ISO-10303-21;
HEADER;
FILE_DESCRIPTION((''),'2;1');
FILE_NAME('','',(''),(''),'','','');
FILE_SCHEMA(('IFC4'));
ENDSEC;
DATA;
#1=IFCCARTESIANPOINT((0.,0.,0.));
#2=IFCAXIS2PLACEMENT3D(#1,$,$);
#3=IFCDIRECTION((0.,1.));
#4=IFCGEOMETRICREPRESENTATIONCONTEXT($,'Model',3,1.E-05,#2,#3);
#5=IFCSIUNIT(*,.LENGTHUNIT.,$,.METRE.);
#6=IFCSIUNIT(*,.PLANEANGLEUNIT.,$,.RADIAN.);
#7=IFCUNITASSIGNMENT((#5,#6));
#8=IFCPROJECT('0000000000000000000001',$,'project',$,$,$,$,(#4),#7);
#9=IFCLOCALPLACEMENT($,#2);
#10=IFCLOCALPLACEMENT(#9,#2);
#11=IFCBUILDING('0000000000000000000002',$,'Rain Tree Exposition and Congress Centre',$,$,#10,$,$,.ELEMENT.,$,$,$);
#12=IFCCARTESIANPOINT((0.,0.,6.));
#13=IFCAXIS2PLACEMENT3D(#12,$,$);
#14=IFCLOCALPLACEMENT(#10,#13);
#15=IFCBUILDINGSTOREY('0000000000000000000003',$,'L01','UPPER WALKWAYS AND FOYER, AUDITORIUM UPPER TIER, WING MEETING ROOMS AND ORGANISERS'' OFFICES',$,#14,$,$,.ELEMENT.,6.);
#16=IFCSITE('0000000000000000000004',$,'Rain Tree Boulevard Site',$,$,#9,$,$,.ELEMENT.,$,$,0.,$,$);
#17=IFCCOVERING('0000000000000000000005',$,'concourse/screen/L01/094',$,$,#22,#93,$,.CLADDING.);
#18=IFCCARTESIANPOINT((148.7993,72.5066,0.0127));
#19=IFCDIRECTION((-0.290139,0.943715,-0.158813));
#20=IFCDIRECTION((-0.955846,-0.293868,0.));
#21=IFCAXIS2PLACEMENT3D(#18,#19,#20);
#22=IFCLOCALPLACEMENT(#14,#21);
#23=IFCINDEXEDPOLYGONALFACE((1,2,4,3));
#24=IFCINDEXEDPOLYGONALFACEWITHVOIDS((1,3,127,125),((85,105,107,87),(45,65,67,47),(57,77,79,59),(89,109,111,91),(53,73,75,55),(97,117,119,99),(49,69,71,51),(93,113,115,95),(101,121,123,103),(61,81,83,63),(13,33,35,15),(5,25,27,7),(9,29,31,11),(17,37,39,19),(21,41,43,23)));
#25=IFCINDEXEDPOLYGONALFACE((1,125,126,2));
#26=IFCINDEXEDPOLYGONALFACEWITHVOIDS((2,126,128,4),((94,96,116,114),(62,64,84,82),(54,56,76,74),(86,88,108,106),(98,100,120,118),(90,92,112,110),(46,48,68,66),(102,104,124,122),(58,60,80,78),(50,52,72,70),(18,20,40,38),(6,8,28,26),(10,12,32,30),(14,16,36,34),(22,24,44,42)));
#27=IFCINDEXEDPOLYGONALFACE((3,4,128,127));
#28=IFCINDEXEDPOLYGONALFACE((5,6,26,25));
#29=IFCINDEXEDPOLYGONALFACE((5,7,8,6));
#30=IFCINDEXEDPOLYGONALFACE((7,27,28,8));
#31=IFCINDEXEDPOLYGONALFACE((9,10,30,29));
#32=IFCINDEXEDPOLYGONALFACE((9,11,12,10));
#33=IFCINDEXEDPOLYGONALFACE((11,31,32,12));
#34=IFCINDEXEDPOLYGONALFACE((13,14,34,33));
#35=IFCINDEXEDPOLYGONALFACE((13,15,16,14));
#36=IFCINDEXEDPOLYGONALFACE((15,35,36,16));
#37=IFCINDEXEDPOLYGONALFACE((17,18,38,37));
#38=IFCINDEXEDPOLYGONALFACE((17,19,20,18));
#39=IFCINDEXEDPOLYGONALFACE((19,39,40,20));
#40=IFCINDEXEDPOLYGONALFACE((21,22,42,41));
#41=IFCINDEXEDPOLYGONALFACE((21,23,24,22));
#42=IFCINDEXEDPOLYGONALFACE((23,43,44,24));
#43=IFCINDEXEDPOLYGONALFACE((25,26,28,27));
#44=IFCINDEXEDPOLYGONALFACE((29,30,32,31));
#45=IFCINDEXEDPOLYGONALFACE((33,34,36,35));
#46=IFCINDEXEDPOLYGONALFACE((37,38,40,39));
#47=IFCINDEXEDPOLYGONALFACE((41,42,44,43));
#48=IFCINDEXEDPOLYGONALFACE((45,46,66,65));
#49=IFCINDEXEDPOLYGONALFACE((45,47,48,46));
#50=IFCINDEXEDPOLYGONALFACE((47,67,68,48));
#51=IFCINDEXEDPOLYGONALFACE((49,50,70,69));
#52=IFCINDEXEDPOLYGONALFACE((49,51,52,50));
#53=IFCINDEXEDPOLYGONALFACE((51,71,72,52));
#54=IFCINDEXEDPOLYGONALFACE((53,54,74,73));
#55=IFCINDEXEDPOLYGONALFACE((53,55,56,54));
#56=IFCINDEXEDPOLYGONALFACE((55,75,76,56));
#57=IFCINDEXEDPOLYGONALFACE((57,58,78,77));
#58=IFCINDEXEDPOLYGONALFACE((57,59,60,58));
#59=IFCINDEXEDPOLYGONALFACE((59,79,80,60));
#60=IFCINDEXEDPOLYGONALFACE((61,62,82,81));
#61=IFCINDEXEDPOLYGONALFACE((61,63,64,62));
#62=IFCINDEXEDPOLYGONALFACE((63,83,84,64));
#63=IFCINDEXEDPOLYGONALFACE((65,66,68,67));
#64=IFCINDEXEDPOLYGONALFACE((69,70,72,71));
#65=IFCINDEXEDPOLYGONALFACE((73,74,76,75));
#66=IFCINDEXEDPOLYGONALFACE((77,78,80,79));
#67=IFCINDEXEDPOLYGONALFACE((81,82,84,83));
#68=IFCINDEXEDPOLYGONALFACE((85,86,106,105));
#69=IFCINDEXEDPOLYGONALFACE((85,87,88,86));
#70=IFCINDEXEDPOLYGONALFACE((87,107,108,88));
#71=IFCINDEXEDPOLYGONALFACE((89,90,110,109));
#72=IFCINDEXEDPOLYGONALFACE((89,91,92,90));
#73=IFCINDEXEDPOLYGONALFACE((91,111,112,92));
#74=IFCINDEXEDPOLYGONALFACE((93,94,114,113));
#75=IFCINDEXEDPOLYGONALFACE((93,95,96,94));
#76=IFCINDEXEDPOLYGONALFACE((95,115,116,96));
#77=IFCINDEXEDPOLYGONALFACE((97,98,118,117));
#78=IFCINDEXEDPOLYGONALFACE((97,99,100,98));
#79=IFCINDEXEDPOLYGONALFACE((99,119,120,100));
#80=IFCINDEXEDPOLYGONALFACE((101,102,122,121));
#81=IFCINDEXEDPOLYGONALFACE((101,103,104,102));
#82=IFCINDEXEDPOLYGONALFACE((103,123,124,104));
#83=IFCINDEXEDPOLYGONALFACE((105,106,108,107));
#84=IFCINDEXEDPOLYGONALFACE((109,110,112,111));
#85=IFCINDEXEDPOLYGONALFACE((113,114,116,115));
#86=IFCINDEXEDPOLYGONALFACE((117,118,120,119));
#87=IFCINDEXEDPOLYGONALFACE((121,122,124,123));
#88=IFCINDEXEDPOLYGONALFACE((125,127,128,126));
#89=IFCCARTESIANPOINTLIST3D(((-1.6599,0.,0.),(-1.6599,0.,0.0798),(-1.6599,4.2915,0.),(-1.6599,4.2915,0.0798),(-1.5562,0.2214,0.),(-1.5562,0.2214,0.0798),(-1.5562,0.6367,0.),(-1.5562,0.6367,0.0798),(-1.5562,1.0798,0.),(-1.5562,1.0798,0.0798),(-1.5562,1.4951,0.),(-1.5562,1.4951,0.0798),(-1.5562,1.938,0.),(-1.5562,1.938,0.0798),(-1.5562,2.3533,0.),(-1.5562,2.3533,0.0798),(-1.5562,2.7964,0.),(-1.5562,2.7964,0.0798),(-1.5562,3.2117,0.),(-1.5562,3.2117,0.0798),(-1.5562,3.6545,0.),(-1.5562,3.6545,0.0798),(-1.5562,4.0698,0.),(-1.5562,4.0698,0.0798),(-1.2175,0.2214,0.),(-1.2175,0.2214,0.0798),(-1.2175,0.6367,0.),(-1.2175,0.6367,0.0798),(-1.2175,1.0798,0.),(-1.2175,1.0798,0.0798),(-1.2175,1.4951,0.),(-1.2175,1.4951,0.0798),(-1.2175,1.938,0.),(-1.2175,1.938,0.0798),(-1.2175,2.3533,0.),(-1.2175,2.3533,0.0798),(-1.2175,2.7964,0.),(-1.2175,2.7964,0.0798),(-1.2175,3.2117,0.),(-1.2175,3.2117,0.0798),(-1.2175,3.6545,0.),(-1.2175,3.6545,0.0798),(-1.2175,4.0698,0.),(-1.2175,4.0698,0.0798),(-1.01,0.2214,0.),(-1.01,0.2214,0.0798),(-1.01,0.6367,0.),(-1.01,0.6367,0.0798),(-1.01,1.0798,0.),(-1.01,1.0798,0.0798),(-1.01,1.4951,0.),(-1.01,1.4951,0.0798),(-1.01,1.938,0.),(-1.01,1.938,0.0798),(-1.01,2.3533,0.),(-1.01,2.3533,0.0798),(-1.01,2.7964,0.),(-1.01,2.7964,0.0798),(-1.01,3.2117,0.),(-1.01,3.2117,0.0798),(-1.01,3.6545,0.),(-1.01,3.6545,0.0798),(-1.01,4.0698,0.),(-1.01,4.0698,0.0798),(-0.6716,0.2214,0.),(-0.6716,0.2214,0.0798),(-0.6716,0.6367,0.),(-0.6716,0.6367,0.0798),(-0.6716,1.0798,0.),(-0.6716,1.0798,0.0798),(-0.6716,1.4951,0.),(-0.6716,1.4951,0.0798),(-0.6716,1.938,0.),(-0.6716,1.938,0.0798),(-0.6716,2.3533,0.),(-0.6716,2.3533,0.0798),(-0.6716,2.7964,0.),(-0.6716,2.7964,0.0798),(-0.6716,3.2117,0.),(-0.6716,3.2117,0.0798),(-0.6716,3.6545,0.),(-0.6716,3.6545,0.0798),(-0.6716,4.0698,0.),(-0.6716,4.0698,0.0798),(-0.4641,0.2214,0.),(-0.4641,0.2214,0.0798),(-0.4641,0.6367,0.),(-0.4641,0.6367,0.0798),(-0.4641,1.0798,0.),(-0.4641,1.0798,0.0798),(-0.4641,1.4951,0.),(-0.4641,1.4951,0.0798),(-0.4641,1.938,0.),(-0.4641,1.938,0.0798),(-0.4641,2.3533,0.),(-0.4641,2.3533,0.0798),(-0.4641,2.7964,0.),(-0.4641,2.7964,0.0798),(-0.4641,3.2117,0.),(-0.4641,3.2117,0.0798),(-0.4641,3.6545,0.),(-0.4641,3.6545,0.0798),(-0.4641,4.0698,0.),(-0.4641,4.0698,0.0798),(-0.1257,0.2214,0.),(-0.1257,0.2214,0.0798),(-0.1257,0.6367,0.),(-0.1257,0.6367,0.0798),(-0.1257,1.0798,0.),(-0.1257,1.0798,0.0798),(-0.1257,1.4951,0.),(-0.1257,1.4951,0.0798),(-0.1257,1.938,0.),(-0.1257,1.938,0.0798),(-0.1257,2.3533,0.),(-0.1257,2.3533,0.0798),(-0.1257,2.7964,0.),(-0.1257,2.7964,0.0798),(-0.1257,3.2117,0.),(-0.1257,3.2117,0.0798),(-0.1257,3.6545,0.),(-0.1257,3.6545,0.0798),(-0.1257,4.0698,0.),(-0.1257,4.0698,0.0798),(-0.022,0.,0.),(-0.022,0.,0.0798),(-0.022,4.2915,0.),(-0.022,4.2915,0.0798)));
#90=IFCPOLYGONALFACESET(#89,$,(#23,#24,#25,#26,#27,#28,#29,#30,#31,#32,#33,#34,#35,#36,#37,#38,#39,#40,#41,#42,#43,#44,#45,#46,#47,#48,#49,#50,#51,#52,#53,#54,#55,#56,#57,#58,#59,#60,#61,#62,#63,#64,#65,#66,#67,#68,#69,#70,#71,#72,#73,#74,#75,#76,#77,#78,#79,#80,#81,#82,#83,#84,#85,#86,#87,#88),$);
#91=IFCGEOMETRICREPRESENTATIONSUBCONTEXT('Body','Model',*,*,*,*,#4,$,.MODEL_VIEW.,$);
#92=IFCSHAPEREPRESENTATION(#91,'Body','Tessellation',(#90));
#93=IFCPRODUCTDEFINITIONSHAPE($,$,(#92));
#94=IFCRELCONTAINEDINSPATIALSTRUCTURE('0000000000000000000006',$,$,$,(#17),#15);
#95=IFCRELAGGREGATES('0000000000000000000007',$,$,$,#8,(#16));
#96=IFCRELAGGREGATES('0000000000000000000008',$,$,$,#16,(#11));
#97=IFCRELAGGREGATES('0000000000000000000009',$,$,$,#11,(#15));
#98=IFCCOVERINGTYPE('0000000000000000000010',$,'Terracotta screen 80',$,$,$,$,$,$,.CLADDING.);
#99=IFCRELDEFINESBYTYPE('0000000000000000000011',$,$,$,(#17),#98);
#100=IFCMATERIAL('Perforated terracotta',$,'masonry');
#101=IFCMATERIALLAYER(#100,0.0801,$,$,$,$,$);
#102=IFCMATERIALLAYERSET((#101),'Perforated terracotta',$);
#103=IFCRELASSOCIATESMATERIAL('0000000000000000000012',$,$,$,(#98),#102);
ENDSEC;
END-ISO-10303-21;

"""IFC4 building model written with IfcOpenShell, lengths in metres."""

from ifc_helpers import new_model, si_unit, direction, frame, origin, place, context, subcontext, project, spatial, polyline, outline, extrude, material, layer, layer_set, type_object, element, save


model = new_model("IFC4")

# Units and contexts
model_context = context("Model", 3, precision=1e-05, world=origin(), true_north=direction((0.0, 1.0)))
body_context = subcontext(model_context, "Body", "Model", "MODEL_VIEW")
ifc_project = project(units=[si_unit("LENGTHUNIT", "METRE"), si_unit("PLANEANGLEUNIT", "RADIAN")], contexts=[model_context])

# Site, building, storey
site_placement = place(None, origin())
site = spatial("IfcSite", under=ifc_project, at=site_placement, Name="Rain Tree Boulevard Site", CompositionType="ELEMENT", RefElevation=0.0)
building_placement = place(site_placement, origin())
building = spatial("IfcBuilding", under=site, at=building_placement, Name="Rain Tree Exposition and Congress Centre", CompositionType="ELEMENT")
storey_placement = place(building_placement, frame((0.0, 0.0, 6.0)))
storey = spatial("IfcBuildingStorey", under=building, at=storey_placement, Name="L01", Description="UPPER WALKWAYS AND FOYER, AUDITORIUM UPPER TIER, WING MEETING ROOMS AND ORGANISERS' OFFICES", CompositionType="ELEMENT", Elevation=6.0)

# Covering
ifc_material_1 = material(Name="Perforated terracotta", Category="masonry")
ifc_layer_1 = layer(ifc_material_1, 0.0801)
ifc_layer_set_1 = layer_set([ifc_layer_1], Name="Perforated terracotta")
covering_type = type_object("IfcCoveringType", Name="Terracotta screen 80", PredefinedType="CLADDING", material=ifc_layer_set_1)
covering_1_placement = place(storey_placement, frame((148.7993, 72.5066, 0.0127), z_axis=(-0.290139, 0.943715, -0.158813), x_axis=(-0.955846, -0.293868, 0.0)))
element("IfcCovering", 1, at=covering_1_placement, inside=storey, type_object=covering_type, Name="concourse/screen/L01/094", PredefinedType="CLADDING", context=body_context, shape_type="SweptSolid", body=[
    extrude(outline(polyline([(-1.6599, 0.0), (-1.6599, 4.2915), (-0.022, 4.2915), (-0.022, 0.0), (-1.6599, 0.0)]), holes=[polyline([(-0.1257, 0.2214), (-0.1257, 0.6367), (-0.4641, 0.6367), (-0.4641, 0.2214), (-0.1257, 0.2214)]), polyline([(-0.1257, 1.0798), (-0.1257, 1.4951), (-0.4641, 1.4951), (-0.4641, 1.0798), (-0.1257, 1.0798)]), polyline([(-0.1257, 1.938), (-0.1257, 2.3533), (-0.4641, 2.3533), (-0.4641, 1.938), (-0.1257, 1.938)]), polyline([(-0.1257, 2.7964), (-0.1257, 3.2117), (-0.4641, 3.2117), (-0.4641, 2.7964), (-0.1257, 2.7964)]), polyline([(-0.1257, 3.6545), (-0.1257, 4.0698), (-0.4641, 4.0698), (-0.4641, 3.6545), (-0.1257, 3.6545)]), polyline([(-0.6716, 0.2214), (-0.6716, 0.6367), (-1.01, 0.6367), (-1.01, 0.2214), (-0.6716, 0.2214)]), polyline([(-0.6716, 1.0798), (-0.6716, 1.4951), (-1.01, 1.4951), (-1.01, 1.0798), (-0.6716, 1.0798)]), polyline([(-0.6716, 1.938), (-0.6716, 2.3533), (-1.01, 2.3533), (-1.01, 1.938), (-0.6716, 1.938)]), polyline([(-0.6716, 2.7964), (-0.6716, 3.2117), (-1.01, 3.2117), (-1.01, 2.7964), (-0.6716, 2.7964)]), polyline([(-0.6716, 3.6545), (-0.6716, 4.0698), (-1.01, 4.0698), (-1.01, 3.6545), (-0.6716, 3.6545)]), polyline([(-1.2175, 0.2214), (-1.2175, 0.6367), (-1.5562, 0.6367), (-1.5562, 0.2214), (-1.2175, 0.2214)]), polyline([(-1.2175, 1.0798), (-1.2175, 1.4951), (-1.5562, 1.4951), (-1.5562, 1.0798), (-1.2175, 1.0798)]), polyline([(-1.2175, 1.938), (-1.2175, 2.3533), (-1.5562, 2.3533), (-1.5562, 1.938), (-1.2175, 1.938)]), polyline([(-1.2175, 2.7964), (-1.2175, 3.2117), (-1.5562, 3.2117), (-1.5562, 2.7964), (-1.2175, 2.7964)]), polyline([(-1.2175, 3.6545), (-1.2175, 4.0698), (-1.5562, 4.0698), (-1.5562, 3.6545), (-1.2175, 3.6545)])]), origin(), (0.0, 0.0, 1.0), 0.0798),
])

save(model, "model.ifc")
